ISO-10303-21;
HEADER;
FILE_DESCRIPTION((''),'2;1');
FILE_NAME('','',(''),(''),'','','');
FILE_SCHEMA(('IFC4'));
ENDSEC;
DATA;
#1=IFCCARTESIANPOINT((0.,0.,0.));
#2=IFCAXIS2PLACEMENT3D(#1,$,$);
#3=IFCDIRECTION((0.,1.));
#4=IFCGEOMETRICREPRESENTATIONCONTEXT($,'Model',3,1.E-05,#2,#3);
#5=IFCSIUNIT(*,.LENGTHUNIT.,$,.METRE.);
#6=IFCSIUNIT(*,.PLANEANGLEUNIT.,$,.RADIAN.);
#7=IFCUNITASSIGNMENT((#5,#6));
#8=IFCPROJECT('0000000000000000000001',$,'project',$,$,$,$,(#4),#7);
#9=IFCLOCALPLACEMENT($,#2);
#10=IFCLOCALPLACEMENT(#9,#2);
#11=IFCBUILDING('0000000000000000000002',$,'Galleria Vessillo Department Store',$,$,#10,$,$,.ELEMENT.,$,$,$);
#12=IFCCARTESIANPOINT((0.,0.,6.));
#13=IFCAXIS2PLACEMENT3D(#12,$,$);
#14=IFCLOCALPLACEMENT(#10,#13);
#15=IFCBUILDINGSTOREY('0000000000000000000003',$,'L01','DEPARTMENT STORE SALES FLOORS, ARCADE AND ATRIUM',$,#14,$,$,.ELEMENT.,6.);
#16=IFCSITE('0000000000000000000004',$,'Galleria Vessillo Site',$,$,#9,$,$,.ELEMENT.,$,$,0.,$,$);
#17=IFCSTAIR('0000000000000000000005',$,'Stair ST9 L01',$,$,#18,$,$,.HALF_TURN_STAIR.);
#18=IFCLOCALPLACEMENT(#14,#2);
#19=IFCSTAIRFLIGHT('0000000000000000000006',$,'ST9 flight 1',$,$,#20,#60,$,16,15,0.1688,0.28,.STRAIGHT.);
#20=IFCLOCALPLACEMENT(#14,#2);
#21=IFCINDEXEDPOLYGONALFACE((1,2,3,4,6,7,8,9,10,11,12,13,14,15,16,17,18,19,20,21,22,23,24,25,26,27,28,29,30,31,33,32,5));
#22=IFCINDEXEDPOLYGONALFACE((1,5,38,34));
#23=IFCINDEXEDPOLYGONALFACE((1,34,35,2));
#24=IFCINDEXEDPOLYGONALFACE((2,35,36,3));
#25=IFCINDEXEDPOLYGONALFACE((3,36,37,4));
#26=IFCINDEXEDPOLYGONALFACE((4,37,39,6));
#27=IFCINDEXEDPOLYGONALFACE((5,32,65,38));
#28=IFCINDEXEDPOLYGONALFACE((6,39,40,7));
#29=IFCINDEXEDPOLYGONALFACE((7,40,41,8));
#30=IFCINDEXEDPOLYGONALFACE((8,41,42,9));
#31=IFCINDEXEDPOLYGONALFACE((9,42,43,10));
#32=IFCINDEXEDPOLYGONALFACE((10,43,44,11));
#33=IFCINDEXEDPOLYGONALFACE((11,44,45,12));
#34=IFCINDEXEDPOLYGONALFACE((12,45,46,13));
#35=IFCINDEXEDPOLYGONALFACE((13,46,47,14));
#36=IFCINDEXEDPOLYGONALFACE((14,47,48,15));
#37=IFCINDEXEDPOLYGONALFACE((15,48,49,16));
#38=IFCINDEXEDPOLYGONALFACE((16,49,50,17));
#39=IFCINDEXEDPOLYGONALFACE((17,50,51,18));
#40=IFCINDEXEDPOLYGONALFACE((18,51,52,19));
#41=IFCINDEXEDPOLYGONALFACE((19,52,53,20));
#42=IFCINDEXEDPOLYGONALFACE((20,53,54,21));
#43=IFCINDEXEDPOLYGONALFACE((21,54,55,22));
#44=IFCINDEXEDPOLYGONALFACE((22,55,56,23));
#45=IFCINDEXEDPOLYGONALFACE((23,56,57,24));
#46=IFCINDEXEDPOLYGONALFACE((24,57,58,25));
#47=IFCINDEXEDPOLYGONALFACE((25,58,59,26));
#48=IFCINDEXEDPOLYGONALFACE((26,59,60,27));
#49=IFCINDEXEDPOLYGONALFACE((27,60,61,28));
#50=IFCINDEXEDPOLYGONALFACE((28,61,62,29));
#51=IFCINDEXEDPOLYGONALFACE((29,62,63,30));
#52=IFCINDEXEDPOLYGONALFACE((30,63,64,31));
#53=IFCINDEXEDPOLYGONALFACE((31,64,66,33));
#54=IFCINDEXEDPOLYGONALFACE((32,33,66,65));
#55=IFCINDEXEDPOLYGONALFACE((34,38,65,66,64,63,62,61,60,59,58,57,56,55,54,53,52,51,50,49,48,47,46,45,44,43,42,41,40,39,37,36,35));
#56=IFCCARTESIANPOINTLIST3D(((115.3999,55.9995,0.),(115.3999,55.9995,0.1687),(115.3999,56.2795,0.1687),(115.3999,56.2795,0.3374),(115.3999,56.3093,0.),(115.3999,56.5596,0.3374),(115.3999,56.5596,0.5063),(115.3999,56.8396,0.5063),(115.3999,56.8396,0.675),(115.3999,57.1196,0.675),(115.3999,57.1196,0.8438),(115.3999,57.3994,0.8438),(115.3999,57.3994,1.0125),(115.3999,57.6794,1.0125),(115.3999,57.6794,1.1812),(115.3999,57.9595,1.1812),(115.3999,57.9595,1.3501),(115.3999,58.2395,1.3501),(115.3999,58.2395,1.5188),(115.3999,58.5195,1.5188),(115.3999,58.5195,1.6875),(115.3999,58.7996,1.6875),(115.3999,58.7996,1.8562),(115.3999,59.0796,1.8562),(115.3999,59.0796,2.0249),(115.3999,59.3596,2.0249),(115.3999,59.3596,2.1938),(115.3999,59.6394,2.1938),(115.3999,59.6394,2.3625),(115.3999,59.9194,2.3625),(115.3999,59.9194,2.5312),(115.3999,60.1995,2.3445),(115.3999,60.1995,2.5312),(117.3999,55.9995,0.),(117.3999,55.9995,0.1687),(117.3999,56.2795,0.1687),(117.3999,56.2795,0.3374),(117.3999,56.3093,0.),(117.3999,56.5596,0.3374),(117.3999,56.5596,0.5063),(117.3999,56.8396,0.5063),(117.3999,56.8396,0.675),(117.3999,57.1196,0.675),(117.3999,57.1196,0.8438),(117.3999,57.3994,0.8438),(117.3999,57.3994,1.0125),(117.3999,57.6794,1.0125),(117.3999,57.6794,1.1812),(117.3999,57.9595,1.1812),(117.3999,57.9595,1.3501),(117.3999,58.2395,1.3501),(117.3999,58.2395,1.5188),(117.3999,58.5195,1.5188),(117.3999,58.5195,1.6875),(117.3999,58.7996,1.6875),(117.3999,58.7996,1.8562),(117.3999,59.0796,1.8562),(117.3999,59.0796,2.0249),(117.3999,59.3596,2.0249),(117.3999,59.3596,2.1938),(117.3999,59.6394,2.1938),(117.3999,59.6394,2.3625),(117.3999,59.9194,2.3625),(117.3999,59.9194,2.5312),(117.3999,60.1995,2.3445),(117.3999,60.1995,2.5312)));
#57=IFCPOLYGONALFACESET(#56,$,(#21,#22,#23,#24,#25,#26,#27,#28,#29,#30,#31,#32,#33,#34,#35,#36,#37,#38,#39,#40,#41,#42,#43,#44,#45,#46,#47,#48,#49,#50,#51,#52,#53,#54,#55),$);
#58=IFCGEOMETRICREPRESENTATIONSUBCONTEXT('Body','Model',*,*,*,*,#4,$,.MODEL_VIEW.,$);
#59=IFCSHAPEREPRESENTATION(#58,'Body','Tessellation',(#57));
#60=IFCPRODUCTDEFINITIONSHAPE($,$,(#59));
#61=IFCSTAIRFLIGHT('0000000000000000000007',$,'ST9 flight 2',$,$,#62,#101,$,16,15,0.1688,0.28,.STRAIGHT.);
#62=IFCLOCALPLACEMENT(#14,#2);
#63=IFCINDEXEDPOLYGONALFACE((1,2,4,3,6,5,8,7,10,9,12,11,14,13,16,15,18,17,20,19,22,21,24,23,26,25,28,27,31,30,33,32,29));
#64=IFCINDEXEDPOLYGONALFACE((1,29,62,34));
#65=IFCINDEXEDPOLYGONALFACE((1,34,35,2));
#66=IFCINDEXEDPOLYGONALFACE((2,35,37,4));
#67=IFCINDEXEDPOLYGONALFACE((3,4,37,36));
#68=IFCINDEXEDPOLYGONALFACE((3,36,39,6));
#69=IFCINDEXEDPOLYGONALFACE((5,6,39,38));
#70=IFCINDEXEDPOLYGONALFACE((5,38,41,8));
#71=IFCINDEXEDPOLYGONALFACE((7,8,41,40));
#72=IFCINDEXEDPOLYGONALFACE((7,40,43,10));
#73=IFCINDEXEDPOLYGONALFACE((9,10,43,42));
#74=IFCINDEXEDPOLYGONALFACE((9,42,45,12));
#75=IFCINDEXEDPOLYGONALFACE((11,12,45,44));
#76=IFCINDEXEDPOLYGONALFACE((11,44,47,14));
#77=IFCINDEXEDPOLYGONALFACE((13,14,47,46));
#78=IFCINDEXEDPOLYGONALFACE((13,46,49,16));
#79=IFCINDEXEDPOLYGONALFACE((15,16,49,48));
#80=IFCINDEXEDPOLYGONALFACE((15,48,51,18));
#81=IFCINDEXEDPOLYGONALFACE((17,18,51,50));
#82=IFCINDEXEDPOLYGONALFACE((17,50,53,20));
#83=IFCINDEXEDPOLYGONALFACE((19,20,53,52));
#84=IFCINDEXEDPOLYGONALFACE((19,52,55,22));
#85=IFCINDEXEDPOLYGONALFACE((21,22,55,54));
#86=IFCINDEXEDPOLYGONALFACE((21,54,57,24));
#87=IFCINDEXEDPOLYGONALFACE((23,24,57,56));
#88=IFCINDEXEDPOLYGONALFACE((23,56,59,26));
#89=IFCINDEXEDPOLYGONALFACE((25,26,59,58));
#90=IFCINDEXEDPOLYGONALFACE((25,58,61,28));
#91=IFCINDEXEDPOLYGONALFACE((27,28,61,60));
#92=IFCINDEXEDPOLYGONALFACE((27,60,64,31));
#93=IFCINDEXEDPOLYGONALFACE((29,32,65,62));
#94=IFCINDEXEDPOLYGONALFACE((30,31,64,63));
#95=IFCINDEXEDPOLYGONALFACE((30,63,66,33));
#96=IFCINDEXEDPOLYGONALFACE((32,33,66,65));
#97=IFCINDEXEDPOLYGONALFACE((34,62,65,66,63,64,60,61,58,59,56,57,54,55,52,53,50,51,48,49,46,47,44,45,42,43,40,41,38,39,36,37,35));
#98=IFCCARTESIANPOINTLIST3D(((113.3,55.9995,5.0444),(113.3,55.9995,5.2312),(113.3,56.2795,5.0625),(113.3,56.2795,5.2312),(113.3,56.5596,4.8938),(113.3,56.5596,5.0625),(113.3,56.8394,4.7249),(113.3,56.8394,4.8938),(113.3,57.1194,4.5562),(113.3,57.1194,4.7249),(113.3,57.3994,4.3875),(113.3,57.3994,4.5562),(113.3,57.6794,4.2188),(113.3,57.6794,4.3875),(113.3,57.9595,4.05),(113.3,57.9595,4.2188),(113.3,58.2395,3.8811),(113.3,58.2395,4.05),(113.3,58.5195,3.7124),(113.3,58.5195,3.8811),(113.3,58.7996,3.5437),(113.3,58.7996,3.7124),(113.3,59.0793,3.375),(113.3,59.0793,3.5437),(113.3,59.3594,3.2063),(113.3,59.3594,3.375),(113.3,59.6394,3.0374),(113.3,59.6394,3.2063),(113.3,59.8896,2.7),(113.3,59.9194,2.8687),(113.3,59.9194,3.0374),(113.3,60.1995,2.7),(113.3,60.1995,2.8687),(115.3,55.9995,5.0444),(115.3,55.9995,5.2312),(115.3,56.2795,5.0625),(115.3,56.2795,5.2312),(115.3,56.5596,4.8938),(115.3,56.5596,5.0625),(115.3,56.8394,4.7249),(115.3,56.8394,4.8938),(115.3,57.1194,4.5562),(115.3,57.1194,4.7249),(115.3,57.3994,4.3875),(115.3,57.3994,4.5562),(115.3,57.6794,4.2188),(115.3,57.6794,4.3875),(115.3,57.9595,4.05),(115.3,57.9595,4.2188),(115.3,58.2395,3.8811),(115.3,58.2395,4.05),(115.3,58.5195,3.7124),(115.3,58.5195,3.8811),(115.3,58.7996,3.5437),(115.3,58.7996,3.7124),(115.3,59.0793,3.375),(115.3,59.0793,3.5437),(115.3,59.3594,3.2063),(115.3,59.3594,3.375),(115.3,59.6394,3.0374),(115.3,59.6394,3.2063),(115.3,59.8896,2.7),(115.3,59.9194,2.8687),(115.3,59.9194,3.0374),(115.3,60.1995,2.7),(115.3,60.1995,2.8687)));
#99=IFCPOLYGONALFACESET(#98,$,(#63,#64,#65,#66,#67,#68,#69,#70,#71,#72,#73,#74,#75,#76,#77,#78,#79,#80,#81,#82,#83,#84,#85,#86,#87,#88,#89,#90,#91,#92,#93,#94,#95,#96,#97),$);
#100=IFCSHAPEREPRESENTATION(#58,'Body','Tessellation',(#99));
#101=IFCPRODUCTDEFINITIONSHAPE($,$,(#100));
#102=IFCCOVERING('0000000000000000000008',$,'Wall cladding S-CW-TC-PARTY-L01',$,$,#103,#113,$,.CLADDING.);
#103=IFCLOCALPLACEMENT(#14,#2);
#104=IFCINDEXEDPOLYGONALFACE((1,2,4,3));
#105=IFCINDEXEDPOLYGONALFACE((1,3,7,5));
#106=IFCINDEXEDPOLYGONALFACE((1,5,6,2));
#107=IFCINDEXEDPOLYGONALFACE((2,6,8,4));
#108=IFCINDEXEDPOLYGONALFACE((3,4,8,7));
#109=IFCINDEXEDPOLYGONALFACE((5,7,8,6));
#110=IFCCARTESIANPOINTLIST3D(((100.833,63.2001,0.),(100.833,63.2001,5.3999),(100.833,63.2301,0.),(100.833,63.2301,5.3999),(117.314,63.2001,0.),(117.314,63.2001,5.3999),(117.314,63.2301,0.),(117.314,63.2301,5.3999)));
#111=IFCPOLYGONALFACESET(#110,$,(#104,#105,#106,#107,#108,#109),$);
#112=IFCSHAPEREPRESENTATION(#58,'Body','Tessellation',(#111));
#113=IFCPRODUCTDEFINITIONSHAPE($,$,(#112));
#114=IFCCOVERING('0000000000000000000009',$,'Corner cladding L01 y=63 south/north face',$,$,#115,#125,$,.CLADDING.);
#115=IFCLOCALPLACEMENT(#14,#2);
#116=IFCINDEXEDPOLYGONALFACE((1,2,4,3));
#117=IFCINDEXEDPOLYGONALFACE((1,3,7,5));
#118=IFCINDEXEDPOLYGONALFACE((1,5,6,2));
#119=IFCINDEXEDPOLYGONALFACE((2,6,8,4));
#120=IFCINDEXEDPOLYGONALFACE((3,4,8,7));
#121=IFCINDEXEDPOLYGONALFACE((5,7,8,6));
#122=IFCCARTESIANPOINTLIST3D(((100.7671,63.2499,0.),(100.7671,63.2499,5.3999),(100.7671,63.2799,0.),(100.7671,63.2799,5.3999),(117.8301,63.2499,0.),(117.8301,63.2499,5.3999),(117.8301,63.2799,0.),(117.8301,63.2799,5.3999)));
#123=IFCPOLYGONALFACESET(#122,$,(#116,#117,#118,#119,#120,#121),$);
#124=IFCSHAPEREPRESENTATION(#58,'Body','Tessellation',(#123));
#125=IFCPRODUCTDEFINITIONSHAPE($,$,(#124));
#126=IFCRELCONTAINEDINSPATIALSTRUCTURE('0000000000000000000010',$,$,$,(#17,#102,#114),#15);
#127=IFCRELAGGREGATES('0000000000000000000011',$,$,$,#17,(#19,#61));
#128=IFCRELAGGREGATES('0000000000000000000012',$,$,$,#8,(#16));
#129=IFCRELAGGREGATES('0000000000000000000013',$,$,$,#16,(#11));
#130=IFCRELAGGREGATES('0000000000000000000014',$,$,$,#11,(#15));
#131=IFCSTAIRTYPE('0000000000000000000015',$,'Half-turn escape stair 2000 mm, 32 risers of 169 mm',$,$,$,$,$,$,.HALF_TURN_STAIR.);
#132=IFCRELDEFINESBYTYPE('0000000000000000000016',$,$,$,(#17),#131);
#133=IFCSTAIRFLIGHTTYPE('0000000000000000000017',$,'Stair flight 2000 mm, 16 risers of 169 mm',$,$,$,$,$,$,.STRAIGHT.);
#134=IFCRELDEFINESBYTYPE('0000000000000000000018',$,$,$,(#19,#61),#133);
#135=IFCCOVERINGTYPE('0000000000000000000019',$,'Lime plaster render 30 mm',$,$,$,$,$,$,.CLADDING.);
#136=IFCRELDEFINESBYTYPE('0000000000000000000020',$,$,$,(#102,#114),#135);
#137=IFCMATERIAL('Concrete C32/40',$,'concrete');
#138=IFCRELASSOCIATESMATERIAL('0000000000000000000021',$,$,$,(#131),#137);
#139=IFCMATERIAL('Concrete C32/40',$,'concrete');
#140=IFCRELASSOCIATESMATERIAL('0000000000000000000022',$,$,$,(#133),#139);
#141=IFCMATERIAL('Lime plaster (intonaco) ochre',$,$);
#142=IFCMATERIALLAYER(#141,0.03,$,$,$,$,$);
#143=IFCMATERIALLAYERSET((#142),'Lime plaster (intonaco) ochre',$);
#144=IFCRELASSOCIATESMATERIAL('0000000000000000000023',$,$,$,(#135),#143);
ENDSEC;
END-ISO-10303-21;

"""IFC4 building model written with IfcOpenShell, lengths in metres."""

from ifc_helpers import new_model, si_unit, direction, frame, origin, origin_2d, place, context, subcontext, project, spatial, polyline, rectangle, outline, extrude, material, layer, layer_set, type_object, element, aggregate, save


model = new_model("IFC4")

# Units and contexts
model_context = context("Model", 3, precision=1e-05, world=origin(), true_north=direction((0.0, 1.0)))
body_context = subcontext(model_context, "Body", "Model", "MODEL_VIEW")
ifc_project = project(units=[si_unit("LENGTHUNIT", "METRE"), si_unit("PLANEANGLEUNIT", "RADIAN")], contexts=[model_context])

# Site, building, storey
site_placement = place(None, origin())
site = spatial("IfcSite", under=ifc_project, at=site_placement, Name="Galleria Vessillo Site", CompositionType="ELEMENT", RefElevation=0.0)
building_placement = place(site_placement, origin())
building = spatial("IfcBuilding", under=site, at=building_placement, Name="Galleria Vessillo Department Store", CompositionType="ELEMENT")
storey_placement = place(building_placement, frame((0.0, 0.0, 6.0)))
storey = spatial("IfcBuildingStorey", under=building, at=storey_placement, Name="L01", Description="DEPARTMENT STORE SALES FLOORS, ARCADE AND ATRIUM", CompositionType="ELEMENT", Elevation=6.0)

# Shared definitions
ifc_material_1 = material(Name="Concrete C32/40", Category="concrete")
stair_type = type_object("IfcStairType", Name="Half-turn escape stair 2000 mm, 32 risers of 169 mm", PredefinedType="HALF_TURN_STAIR", material=ifc_material_1)
ifc_material_2 = material(Name="Concrete C32/40", Category="concrete")
stair_flight_type = type_object("IfcStairFlightType", Name="Stair flight 2000 mm, 16 risers of 169 mm", PredefinedType="STRAIGHT", material=ifc_material_2)

# Stair, stair flights
stair_1_placement = place(storey_placement, origin())
stair_1 = element("IfcStair", 1, at=stair_1_placement, inside=storey, type_object=stair_type, Name="Stair ST9 L01", PredefinedType="HALF_TURN_STAIR")
stair_flight_1_placement = place(storey_placement, frame((116.3999, 55.9995, 0.0), z_axis=(0.0, 0.0, 1.0), x_axis=(0.0, 1.0, 0.0)))
stair_flight_1 = element("IfcStairFlight", 2, at=stair_flight_1_placement, type_object=stair_flight_type, Name="ST9 flight 1", NumberOfRisers=16, NumberOfTreads=15, PredefinedType="STRAIGHT", RiserHeight=0.1688, TreadLength=0.28, context=body_context, shape_type="SweptSolid", body=[
    extrude(outline(polyline([(0.0, 0.0), (0.0, 0.1687), (0.28, 0.1687), (0.28, 0.3374), (0.5601, 0.3374), (0.5601, 0.5063), (0.8401, 0.5063), (0.8401, 0.675), (1.1201, 0.675), (1.1201, 0.8438), (1.3999, 0.8438), (1.3999, 1.0125), (1.6799, 1.0125), (1.6799, 1.1812), (1.96, 1.1812), (1.96, 1.3501), (2.24, 1.3501), (2.24, 1.5188), (2.52, 1.5188), (2.52, 1.6875), (2.8, 1.6875), (2.8, 1.8562), (3.0801, 1.8562), (3.0801, 2.0249), (3.3601, 2.0249), (3.3601, 2.1938), (3.6399, 2.1938), (3.6399, 2.3625), (3.9199, 2.3625), (3.9199, 2.5312), (4.2, 2.5312), (4.2, 2.7), (4.2, 2.3445), (0.3098, 0.0), (0.0, 0.0)])), frame((0.0, 1.0, 0.0), z_axis=(0.0, -1.0, 0.0), x_axis=(1.0, 0.0, 0.0)), (0.0, 0.0, 1.0), 2.0),
])
stair_flight_2_placement = place(storey_placement, frame((114.3, 60.1995, 2.7), z_axis=(0.0, 0.0, 1.0), x_axis=(0.0, -1.0, 0.0)))
stair_flight_2 = element("IfcStairFlight", 3, at=stair_flight_2_placement, type_object=stair_flight_type, Name="ST9 flight 2", NumberOfRisers=16, NumberOfTreads=15, PredefinedType="STRAIGHT", RiserHeight=0.1688, TreadLength=0.28, context=body_context, shape_type="SweptSolid", body=[
    extrude(outline(polyline([(0.0, 0.0), (0.0, 0.1687), (0.28, 0.1687), (0.28, 0.3374), (0.5601, 0.3374), (0.5601, 0.5063), (0.8401, 0.5063), (0.8401, 0.675), (1.1201, 0.675), (1.1201, 0.8438), (1.3999, 0.8438), (1.3999, 1.0125), (1.6799, 1.0125), (1.6799, 1.1812), (1.96, 1.1812), (1.96, 1.3501), (2.24, 1.3501), (2.24, 1.5188), (2.52, 1.5188), (2.52, 1.6875), (2.8, 1.6875), (2.8, 1.8562), (3.0801, 1.8562), (3.0801, 2.0249), (3.3601, 2.0249), (3.3601, 2.1938), (3.6399, 2.1938), (3.6399, 2.3625), (3.9199, 2.3625), (3.9199, 2.5312), (4.2, 2.5312), (4.2, 2.7), (4.2, 2.3445), (0.3098, 0.0), (0.0, 0.0)])), frame((0.0, 1.0, 0.0), z_axis=(0.0, -1.0, 0.0), x_axis=(1.0, 0.0, 0.0)), (0.0, 0.0, 1.0), 2.0),
])
aggregate(stair_1, [stair_flight_1, stair_flight_2])

# Coverings
ifc_material_3 = material(Name="Lime plaster (intonaco) ochre")
ifc_layer_1 = layer(ifc_material_3, 0.03)
ifc_layer_set_1 = layer_set([ifc_layer_1], Name="Lime plaster (intonaco) ochre")
covering_type = type_object("IfcCoveringType", Name="Lime plaster render 30 mm", PredefinedType="CLADDING", material=ifc_layer_set_1)
covering_1_placement = place(storey_placement, frame((109.0735, 63.2151, 0.0), z_axis=(0.0, 0.0, 1.0), x_axis=(1.0, 0.0, 0.0)))
element("IfcCovering", 4, at=covering_1_placement, inside=storey, type_object=covering_type, Name="Wall cladding S-CW-TC-PARTY-L01", PredefinedType="CLADDING", context=body_context, shape_type="SweptSolid", body=[
    extrude(rectangle(XDim=16.481, YDim=0.03, at=origin_2d()), origin(), (0.0, 0.0, 1.0), 5.3999),
])
covering_2_placement = place(storey_placement, frame((109.2986, 63.2649, 0.0), z_axis=(0.0, 0.0, 1.0), x_axis=(1.0, 0.0, 0.0)))
element("IfcCovering", 5, at=covering_2_placement, inside=storey, type_object=covering_type, Name="Corner cladding L01 y=63 south/north face", PredefinedType="CLADDING", context=body_context, shape_type="SweptSolid", body=[
    extrude(rectangle(XDim=17.063, YDim=0.03, at=origin_2d()), origin(), (0.0, 0.0, 1.0), 5.3999),
])

save(model, "model.ifc")
